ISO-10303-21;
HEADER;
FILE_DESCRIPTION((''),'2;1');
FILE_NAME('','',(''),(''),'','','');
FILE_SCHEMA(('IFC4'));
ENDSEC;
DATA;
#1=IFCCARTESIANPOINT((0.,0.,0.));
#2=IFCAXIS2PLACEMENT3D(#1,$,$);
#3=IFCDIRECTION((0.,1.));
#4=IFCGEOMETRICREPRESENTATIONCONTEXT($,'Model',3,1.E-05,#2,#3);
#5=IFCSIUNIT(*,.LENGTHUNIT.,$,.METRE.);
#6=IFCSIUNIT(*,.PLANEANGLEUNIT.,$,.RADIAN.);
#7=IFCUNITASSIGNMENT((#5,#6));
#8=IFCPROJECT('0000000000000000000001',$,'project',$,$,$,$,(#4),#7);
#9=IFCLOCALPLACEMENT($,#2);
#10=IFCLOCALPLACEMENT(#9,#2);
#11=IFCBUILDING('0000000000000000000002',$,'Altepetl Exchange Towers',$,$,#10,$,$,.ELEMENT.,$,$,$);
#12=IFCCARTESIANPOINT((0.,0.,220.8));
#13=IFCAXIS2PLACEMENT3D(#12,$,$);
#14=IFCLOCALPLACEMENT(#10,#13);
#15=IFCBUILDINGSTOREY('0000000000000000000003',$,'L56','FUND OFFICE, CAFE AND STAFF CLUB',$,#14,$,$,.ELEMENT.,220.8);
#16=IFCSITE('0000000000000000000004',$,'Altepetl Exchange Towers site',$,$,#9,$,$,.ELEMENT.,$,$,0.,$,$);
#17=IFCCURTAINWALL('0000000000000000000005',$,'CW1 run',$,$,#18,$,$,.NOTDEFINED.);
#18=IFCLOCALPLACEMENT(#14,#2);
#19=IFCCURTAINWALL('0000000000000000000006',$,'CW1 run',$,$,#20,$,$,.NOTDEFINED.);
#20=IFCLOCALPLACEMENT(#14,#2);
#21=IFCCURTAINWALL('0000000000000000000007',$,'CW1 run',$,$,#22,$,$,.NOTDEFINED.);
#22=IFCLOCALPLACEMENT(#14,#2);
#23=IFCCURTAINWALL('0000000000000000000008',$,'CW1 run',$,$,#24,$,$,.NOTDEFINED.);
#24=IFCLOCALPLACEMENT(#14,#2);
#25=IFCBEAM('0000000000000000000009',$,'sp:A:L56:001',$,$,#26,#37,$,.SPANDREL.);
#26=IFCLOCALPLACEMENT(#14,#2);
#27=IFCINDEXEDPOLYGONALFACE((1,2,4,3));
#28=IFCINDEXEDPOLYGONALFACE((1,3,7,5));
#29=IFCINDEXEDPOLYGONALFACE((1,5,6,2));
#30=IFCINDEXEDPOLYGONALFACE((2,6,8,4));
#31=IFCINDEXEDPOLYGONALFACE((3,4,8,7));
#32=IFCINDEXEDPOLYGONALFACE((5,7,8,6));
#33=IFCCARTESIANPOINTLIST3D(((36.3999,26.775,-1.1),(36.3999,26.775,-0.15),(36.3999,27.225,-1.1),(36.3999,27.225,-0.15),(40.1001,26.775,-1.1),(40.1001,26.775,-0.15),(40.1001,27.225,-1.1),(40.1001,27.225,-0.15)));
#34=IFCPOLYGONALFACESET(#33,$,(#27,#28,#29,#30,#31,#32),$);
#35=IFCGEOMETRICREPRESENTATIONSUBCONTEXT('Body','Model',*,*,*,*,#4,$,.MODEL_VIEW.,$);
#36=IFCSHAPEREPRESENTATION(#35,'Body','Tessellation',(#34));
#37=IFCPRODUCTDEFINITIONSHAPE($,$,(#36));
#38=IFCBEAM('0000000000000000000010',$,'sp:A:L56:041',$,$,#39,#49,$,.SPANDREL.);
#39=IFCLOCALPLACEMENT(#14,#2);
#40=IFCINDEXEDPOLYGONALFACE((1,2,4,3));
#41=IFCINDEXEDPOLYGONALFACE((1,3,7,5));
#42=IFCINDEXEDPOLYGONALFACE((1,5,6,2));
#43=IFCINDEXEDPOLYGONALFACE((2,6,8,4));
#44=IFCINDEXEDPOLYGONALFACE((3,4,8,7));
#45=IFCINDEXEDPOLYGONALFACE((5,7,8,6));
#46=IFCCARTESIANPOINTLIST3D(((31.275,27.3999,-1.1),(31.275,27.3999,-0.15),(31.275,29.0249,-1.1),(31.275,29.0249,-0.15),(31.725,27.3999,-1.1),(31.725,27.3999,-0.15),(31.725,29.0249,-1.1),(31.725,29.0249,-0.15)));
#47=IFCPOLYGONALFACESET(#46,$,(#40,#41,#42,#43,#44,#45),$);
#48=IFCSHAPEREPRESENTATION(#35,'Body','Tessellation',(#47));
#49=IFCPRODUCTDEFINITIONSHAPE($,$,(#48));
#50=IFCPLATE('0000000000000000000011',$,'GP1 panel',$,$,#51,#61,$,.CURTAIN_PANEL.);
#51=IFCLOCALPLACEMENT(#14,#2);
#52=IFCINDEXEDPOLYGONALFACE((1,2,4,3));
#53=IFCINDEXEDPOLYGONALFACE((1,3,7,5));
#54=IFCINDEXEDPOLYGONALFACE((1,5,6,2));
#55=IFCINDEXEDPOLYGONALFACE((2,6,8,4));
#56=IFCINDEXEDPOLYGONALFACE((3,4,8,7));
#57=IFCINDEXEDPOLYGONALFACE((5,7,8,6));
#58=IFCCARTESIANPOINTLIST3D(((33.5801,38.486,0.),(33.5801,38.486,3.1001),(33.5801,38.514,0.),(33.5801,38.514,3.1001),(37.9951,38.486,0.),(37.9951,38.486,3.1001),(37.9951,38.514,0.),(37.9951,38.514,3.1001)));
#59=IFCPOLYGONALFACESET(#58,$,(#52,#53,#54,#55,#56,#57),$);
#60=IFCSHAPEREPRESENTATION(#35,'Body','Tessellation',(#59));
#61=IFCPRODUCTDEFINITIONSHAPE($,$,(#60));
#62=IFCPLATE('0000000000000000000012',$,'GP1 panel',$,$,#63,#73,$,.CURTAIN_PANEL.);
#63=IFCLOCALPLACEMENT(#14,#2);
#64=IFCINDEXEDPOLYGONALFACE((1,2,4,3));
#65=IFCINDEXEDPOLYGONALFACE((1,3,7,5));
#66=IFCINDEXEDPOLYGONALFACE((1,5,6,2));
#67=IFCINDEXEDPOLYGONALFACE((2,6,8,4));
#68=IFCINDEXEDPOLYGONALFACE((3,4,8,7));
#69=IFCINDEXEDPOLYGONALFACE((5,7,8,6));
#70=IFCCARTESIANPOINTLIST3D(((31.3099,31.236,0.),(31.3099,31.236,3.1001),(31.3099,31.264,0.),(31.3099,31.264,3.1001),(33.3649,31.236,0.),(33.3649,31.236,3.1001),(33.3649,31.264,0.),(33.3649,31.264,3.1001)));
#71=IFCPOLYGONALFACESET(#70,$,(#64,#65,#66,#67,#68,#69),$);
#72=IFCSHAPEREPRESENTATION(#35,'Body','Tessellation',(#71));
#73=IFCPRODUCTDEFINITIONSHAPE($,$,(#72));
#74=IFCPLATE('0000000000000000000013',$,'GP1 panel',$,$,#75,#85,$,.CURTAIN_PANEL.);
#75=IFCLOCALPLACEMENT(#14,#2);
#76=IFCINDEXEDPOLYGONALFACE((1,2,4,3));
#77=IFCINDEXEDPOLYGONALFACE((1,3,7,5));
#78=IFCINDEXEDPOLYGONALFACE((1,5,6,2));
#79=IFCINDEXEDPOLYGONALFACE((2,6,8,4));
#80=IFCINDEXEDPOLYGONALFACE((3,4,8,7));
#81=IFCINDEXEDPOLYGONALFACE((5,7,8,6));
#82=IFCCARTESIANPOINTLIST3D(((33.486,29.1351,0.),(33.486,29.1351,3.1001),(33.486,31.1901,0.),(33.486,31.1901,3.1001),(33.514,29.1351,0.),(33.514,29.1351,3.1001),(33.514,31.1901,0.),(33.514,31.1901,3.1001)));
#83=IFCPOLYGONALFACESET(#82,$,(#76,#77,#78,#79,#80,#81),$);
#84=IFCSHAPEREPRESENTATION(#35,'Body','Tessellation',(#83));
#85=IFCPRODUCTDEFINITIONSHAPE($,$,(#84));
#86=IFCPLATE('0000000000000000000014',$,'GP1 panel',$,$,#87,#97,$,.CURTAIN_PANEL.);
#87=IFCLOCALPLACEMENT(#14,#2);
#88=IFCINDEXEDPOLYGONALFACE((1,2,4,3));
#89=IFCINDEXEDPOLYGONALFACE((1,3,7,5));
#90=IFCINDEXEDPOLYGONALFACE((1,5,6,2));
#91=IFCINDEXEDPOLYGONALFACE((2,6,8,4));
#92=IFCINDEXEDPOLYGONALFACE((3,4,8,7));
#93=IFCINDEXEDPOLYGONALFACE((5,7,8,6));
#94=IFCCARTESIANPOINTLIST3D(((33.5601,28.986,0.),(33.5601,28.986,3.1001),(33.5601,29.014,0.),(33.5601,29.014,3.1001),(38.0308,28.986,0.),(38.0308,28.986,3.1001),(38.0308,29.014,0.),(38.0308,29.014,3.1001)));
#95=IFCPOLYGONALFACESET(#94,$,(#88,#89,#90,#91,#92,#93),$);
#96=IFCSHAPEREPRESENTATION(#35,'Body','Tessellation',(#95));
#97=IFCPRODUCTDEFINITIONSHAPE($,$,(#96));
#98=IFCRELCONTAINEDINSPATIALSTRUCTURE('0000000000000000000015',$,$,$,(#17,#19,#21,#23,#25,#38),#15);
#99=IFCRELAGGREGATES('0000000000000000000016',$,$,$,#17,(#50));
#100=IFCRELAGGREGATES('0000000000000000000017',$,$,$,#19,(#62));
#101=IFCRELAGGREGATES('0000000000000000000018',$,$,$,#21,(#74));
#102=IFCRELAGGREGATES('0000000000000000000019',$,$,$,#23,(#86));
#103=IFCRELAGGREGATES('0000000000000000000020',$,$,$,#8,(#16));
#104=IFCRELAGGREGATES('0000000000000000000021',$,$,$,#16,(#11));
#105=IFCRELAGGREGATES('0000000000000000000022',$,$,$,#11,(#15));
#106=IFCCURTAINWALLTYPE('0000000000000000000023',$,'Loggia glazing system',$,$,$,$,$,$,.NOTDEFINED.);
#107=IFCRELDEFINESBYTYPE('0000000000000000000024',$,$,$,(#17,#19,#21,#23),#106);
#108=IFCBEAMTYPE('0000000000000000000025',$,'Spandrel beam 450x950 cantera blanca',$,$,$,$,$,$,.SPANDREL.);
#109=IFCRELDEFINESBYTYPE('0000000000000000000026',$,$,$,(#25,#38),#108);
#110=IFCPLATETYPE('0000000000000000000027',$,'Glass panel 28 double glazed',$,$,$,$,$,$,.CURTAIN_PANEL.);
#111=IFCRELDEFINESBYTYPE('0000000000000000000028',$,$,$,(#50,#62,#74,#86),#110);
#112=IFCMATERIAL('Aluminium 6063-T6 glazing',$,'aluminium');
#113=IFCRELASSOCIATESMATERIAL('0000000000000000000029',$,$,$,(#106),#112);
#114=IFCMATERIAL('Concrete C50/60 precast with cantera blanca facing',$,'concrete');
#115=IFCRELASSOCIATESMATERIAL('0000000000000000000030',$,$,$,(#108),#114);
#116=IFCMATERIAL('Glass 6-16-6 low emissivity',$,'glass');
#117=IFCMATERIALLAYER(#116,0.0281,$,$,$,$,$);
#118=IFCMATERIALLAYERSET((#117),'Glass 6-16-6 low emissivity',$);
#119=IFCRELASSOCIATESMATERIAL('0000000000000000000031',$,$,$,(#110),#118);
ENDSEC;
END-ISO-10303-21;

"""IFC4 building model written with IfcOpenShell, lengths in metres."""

from ifc_helpers import new_model, si_unit, direction, frame, origin, origin_2d, place, context, subcontext, project, spatial, rectangle, extrude, material, layer, layer_set, material_profile, profile_set, type_object, element, aggregate, save


model = new_model("IFC4")

# Units and contexts
model_context = context("Model", 3, precision=1e-05, world=origin(), true_north=direction((0.0, 1.0)))
body_context = subcontext(model_context, "Body", "Model", "MODEL_VIEW")
ifc_project = project(units=[si_unit("LENGTHUNIT", "METRE"), si_unit("PLANEANGLEUNIT", "RADIAN")], contexts=[model_context])

# Site, building, storey
site_placement = place(None, origin())
site = spatial("IfcSite", under=ifc_project, at=site_placement, Name="Altepetl Exchange Towers site", CompositionType="ELEMENT", RefElevation=0.0)
building_placement = place(site_placement, origin())
building = spatial("IfcBuilding", under=site, at=building_placement, Name="Altepetl Exchange Towers", CompositionType="ELEMENT")
storey_placement = place(building_placement, frame((0.0, 0.0, 220.8)))
storey = spatial("IfcBuildingStorey", under=building, at=storey_placement, Name="L56", Description="FUND OFFICE, CAFE AND STAFF CLUB", CompositionType="ELEMENT", Elevation=220.8)

# Curtain walls
ifc_material_1 = material(Name="Aluminium 6063-T6 glazing", Category="aluminium")
curtain_wall_type = type_object("IfcCurtainWallType", Name="Loggia glazing system", PredefinedType="NOTDEFINED", material=ifc_material_1)
curtain_wall_1_placement = place(storey_placement, origin())
curtain_wall_1 = element("IfcCurtainWall", 1, at=curtain_wall_1_placement, inside=storey, type_object=curtain_wall_type, Name="CW1 run", PredefinedType="NOTDEFINED")
curtain_wall_2_placement = place(storey_placement, origin())
curtain_wall_2 = element("IfcCurtainWall", 2, at=curtain_wall_2_placement, inside=storey, type_object=curtain_wall_type, Name="CW1 run", PredefinedType="NOTDEFINED")

# Curtain walls
curtain_wall_3_placement = place(storey_placement, origin())
curtain_wall_3 = element("IfcCurtainWall", 3, at=curtain_wall_3_placement, inside=storey, type_object=curtain_wall_type, Name="CW1 run", PredefinedType="NOTDEFINED")
curtain_wall_4_placement = place(storey_placement, origin())
curtain_wall_4 = element("IfcCurtainWall", 4, at=curtain_wall_4_placement, inside=storey, type_object=curtain_wall_type, Name="CW1 run", PredefinedType="NOTDEFINED")

# Beams
ifc_material_2 = material(Name="Concrete C50/60 precast with cantera blanca facing", Category="concrete")
ifc_material_profile_1 = material_profile(ifc_material_2, rectangle(XDim=0.45, YDim=0.95, at=origin_2d()), Name="450 x 950")
ifc_profile_set_1 = profile_set([ifc_material_profile_1], Name="Concrete C50/60 precast with cantera blanca facing")
beam_type_1 = type_object("IfcBeamType", Name="Spandrel beam 450x950 cantera blanca", PredefinedType="SPANDREL", material=ifc_profile_set_1)
for number, where, z_axis, x_axis, name in (
    (5, (36.3999, 27.0, -0.625), (1.0, 0.0, 0.0), (0.0, 1.0, 0.0), "sp:A:L56:001"),
):
    element("IfcBeam", number, at=place(storey_placement, frame(where, z_axis=z_axis, x_axis=x_axis)), inside=storey, type_object=beam_type_1, Name=name, PredefinedType="SPANDREL", context=body_context, shape_type="SweptSolid", body=[
        extrude(rectangle(XDim=0.45, YDim=0.95, at=origin_2d()), origin(), (0.0, 0.0, 1.0), 3.7002),
    ])
beam_1_placement = place(storey_placement, frame((31.5, 29.0249, -0.625), z_axis=(0.0, -1.0, 0.0), x_axis=(1.0, 0.0, 0.0)))
element("IfcBeam", 6, at=beam_1_placement, inside=storey, type_object=beam_type_1, Name="sp:A:L56:041", PredefinedType="SPANDREL", context=body_context, shape_type="SweptSolid", body=[
    extrude(rectangle(XDim=0.45, YDim=0.95, at=origin_2d()), origin(), (0.0, 0.0, 1.0), 1.625),
])

# Plates
ifc_material_3 = material(Name="Glass 6-16-6 low emissivity", Category="glass")
ifc_layer = layer(ifc_material_3, 0.0281)
ifc_layer_set = layer_set([ifc_layer], Name="Glass 6-16-6 low emissivity")
plate_type = type_object("IfcPlateType", Name="Glass panel 28 double glazed", PredefinedType="CURTAIN_PANEL", material=ifc_layer_set)
plate_1_placement = place(storey_placement, frame((35.7876, 38.5, 0.0), z_axis=(0.0, 0.0, 1.0), x_axis=(-1.0, 0.0, 0.0)))
plate_1 = element("IfcPlate", 7, at=plate_1_placement, type_object=plate_type, Name="GP1 panel", PredefinedType="CURTAIN_PANEL", context=body_context, shape_type="SweptSolid", body=[
    extrude(rectangle(XDim=4.415, YDim=0.0281, at=origin_2d()), origin(), (0.0, 0.0, 1.0), 3.1001),
])
aggregate(curtain_wall_1, [plate_1])
plate_2_placement = place(storey_placement, frame((32.3374, 31.25, 0.0)))
plate_2 = element("IfcPlate", 8, at=plate_2_placement, type_object=plate_type, Name="GP1 panel", PredefinedType="CURTAIN_PANEL", context=body_context, shape_type="SweptSolid", body=[
    extrude(rectangle(XDim=2.0549, YDim=0.0281, at=origin_2d()), origin(), (0.0, 0.0, 1.0), 3.1001),
])
aggregate(curtain_wall_2, [plate_2])
plate_3_placement = place(storey_placement, frame((33.5, 30.1626, 0.0), z_axis=(0.0, 0.0, 1.0), x_axis=(0.0, -1.0, 0.0)))
plate_3 = element("IfcPlate", 9, at=plate_3_placement, type_object=plate_type, Name="GP1 panel", PredefinedType="CURTAIN_PANEL", context=body_context, shape_type="SweptSolid", body=[
    extrude(rectangle(XDim=2.0549, YDim=0.0281, at=origin_2d()), origin(), (0.0, 0.0, 1.0), 3.1001),
])
aggregate(curtain_wall_3, [plate_3])
plate_4_placement = place(storey_placement, frame((35.7954, 29.0, 0.0)))
plate_4 = element("IfcPlate", 10, at=plate_4_placement, type_object=plate_type, Name="GP1 panel", PredefinedType="CURTAIN_PANEL", context=body_context, shape_type="SweptSolid", body=[
    extrude(rectangle(XDim=4.4707, YDim=0.0281, at=origin_2d()), origin(), (0.0, 0.0, 1.0), 3.1001),
])
aggregate(curtain_wall_4, [plate_4])

save(model, "model.ifc")
